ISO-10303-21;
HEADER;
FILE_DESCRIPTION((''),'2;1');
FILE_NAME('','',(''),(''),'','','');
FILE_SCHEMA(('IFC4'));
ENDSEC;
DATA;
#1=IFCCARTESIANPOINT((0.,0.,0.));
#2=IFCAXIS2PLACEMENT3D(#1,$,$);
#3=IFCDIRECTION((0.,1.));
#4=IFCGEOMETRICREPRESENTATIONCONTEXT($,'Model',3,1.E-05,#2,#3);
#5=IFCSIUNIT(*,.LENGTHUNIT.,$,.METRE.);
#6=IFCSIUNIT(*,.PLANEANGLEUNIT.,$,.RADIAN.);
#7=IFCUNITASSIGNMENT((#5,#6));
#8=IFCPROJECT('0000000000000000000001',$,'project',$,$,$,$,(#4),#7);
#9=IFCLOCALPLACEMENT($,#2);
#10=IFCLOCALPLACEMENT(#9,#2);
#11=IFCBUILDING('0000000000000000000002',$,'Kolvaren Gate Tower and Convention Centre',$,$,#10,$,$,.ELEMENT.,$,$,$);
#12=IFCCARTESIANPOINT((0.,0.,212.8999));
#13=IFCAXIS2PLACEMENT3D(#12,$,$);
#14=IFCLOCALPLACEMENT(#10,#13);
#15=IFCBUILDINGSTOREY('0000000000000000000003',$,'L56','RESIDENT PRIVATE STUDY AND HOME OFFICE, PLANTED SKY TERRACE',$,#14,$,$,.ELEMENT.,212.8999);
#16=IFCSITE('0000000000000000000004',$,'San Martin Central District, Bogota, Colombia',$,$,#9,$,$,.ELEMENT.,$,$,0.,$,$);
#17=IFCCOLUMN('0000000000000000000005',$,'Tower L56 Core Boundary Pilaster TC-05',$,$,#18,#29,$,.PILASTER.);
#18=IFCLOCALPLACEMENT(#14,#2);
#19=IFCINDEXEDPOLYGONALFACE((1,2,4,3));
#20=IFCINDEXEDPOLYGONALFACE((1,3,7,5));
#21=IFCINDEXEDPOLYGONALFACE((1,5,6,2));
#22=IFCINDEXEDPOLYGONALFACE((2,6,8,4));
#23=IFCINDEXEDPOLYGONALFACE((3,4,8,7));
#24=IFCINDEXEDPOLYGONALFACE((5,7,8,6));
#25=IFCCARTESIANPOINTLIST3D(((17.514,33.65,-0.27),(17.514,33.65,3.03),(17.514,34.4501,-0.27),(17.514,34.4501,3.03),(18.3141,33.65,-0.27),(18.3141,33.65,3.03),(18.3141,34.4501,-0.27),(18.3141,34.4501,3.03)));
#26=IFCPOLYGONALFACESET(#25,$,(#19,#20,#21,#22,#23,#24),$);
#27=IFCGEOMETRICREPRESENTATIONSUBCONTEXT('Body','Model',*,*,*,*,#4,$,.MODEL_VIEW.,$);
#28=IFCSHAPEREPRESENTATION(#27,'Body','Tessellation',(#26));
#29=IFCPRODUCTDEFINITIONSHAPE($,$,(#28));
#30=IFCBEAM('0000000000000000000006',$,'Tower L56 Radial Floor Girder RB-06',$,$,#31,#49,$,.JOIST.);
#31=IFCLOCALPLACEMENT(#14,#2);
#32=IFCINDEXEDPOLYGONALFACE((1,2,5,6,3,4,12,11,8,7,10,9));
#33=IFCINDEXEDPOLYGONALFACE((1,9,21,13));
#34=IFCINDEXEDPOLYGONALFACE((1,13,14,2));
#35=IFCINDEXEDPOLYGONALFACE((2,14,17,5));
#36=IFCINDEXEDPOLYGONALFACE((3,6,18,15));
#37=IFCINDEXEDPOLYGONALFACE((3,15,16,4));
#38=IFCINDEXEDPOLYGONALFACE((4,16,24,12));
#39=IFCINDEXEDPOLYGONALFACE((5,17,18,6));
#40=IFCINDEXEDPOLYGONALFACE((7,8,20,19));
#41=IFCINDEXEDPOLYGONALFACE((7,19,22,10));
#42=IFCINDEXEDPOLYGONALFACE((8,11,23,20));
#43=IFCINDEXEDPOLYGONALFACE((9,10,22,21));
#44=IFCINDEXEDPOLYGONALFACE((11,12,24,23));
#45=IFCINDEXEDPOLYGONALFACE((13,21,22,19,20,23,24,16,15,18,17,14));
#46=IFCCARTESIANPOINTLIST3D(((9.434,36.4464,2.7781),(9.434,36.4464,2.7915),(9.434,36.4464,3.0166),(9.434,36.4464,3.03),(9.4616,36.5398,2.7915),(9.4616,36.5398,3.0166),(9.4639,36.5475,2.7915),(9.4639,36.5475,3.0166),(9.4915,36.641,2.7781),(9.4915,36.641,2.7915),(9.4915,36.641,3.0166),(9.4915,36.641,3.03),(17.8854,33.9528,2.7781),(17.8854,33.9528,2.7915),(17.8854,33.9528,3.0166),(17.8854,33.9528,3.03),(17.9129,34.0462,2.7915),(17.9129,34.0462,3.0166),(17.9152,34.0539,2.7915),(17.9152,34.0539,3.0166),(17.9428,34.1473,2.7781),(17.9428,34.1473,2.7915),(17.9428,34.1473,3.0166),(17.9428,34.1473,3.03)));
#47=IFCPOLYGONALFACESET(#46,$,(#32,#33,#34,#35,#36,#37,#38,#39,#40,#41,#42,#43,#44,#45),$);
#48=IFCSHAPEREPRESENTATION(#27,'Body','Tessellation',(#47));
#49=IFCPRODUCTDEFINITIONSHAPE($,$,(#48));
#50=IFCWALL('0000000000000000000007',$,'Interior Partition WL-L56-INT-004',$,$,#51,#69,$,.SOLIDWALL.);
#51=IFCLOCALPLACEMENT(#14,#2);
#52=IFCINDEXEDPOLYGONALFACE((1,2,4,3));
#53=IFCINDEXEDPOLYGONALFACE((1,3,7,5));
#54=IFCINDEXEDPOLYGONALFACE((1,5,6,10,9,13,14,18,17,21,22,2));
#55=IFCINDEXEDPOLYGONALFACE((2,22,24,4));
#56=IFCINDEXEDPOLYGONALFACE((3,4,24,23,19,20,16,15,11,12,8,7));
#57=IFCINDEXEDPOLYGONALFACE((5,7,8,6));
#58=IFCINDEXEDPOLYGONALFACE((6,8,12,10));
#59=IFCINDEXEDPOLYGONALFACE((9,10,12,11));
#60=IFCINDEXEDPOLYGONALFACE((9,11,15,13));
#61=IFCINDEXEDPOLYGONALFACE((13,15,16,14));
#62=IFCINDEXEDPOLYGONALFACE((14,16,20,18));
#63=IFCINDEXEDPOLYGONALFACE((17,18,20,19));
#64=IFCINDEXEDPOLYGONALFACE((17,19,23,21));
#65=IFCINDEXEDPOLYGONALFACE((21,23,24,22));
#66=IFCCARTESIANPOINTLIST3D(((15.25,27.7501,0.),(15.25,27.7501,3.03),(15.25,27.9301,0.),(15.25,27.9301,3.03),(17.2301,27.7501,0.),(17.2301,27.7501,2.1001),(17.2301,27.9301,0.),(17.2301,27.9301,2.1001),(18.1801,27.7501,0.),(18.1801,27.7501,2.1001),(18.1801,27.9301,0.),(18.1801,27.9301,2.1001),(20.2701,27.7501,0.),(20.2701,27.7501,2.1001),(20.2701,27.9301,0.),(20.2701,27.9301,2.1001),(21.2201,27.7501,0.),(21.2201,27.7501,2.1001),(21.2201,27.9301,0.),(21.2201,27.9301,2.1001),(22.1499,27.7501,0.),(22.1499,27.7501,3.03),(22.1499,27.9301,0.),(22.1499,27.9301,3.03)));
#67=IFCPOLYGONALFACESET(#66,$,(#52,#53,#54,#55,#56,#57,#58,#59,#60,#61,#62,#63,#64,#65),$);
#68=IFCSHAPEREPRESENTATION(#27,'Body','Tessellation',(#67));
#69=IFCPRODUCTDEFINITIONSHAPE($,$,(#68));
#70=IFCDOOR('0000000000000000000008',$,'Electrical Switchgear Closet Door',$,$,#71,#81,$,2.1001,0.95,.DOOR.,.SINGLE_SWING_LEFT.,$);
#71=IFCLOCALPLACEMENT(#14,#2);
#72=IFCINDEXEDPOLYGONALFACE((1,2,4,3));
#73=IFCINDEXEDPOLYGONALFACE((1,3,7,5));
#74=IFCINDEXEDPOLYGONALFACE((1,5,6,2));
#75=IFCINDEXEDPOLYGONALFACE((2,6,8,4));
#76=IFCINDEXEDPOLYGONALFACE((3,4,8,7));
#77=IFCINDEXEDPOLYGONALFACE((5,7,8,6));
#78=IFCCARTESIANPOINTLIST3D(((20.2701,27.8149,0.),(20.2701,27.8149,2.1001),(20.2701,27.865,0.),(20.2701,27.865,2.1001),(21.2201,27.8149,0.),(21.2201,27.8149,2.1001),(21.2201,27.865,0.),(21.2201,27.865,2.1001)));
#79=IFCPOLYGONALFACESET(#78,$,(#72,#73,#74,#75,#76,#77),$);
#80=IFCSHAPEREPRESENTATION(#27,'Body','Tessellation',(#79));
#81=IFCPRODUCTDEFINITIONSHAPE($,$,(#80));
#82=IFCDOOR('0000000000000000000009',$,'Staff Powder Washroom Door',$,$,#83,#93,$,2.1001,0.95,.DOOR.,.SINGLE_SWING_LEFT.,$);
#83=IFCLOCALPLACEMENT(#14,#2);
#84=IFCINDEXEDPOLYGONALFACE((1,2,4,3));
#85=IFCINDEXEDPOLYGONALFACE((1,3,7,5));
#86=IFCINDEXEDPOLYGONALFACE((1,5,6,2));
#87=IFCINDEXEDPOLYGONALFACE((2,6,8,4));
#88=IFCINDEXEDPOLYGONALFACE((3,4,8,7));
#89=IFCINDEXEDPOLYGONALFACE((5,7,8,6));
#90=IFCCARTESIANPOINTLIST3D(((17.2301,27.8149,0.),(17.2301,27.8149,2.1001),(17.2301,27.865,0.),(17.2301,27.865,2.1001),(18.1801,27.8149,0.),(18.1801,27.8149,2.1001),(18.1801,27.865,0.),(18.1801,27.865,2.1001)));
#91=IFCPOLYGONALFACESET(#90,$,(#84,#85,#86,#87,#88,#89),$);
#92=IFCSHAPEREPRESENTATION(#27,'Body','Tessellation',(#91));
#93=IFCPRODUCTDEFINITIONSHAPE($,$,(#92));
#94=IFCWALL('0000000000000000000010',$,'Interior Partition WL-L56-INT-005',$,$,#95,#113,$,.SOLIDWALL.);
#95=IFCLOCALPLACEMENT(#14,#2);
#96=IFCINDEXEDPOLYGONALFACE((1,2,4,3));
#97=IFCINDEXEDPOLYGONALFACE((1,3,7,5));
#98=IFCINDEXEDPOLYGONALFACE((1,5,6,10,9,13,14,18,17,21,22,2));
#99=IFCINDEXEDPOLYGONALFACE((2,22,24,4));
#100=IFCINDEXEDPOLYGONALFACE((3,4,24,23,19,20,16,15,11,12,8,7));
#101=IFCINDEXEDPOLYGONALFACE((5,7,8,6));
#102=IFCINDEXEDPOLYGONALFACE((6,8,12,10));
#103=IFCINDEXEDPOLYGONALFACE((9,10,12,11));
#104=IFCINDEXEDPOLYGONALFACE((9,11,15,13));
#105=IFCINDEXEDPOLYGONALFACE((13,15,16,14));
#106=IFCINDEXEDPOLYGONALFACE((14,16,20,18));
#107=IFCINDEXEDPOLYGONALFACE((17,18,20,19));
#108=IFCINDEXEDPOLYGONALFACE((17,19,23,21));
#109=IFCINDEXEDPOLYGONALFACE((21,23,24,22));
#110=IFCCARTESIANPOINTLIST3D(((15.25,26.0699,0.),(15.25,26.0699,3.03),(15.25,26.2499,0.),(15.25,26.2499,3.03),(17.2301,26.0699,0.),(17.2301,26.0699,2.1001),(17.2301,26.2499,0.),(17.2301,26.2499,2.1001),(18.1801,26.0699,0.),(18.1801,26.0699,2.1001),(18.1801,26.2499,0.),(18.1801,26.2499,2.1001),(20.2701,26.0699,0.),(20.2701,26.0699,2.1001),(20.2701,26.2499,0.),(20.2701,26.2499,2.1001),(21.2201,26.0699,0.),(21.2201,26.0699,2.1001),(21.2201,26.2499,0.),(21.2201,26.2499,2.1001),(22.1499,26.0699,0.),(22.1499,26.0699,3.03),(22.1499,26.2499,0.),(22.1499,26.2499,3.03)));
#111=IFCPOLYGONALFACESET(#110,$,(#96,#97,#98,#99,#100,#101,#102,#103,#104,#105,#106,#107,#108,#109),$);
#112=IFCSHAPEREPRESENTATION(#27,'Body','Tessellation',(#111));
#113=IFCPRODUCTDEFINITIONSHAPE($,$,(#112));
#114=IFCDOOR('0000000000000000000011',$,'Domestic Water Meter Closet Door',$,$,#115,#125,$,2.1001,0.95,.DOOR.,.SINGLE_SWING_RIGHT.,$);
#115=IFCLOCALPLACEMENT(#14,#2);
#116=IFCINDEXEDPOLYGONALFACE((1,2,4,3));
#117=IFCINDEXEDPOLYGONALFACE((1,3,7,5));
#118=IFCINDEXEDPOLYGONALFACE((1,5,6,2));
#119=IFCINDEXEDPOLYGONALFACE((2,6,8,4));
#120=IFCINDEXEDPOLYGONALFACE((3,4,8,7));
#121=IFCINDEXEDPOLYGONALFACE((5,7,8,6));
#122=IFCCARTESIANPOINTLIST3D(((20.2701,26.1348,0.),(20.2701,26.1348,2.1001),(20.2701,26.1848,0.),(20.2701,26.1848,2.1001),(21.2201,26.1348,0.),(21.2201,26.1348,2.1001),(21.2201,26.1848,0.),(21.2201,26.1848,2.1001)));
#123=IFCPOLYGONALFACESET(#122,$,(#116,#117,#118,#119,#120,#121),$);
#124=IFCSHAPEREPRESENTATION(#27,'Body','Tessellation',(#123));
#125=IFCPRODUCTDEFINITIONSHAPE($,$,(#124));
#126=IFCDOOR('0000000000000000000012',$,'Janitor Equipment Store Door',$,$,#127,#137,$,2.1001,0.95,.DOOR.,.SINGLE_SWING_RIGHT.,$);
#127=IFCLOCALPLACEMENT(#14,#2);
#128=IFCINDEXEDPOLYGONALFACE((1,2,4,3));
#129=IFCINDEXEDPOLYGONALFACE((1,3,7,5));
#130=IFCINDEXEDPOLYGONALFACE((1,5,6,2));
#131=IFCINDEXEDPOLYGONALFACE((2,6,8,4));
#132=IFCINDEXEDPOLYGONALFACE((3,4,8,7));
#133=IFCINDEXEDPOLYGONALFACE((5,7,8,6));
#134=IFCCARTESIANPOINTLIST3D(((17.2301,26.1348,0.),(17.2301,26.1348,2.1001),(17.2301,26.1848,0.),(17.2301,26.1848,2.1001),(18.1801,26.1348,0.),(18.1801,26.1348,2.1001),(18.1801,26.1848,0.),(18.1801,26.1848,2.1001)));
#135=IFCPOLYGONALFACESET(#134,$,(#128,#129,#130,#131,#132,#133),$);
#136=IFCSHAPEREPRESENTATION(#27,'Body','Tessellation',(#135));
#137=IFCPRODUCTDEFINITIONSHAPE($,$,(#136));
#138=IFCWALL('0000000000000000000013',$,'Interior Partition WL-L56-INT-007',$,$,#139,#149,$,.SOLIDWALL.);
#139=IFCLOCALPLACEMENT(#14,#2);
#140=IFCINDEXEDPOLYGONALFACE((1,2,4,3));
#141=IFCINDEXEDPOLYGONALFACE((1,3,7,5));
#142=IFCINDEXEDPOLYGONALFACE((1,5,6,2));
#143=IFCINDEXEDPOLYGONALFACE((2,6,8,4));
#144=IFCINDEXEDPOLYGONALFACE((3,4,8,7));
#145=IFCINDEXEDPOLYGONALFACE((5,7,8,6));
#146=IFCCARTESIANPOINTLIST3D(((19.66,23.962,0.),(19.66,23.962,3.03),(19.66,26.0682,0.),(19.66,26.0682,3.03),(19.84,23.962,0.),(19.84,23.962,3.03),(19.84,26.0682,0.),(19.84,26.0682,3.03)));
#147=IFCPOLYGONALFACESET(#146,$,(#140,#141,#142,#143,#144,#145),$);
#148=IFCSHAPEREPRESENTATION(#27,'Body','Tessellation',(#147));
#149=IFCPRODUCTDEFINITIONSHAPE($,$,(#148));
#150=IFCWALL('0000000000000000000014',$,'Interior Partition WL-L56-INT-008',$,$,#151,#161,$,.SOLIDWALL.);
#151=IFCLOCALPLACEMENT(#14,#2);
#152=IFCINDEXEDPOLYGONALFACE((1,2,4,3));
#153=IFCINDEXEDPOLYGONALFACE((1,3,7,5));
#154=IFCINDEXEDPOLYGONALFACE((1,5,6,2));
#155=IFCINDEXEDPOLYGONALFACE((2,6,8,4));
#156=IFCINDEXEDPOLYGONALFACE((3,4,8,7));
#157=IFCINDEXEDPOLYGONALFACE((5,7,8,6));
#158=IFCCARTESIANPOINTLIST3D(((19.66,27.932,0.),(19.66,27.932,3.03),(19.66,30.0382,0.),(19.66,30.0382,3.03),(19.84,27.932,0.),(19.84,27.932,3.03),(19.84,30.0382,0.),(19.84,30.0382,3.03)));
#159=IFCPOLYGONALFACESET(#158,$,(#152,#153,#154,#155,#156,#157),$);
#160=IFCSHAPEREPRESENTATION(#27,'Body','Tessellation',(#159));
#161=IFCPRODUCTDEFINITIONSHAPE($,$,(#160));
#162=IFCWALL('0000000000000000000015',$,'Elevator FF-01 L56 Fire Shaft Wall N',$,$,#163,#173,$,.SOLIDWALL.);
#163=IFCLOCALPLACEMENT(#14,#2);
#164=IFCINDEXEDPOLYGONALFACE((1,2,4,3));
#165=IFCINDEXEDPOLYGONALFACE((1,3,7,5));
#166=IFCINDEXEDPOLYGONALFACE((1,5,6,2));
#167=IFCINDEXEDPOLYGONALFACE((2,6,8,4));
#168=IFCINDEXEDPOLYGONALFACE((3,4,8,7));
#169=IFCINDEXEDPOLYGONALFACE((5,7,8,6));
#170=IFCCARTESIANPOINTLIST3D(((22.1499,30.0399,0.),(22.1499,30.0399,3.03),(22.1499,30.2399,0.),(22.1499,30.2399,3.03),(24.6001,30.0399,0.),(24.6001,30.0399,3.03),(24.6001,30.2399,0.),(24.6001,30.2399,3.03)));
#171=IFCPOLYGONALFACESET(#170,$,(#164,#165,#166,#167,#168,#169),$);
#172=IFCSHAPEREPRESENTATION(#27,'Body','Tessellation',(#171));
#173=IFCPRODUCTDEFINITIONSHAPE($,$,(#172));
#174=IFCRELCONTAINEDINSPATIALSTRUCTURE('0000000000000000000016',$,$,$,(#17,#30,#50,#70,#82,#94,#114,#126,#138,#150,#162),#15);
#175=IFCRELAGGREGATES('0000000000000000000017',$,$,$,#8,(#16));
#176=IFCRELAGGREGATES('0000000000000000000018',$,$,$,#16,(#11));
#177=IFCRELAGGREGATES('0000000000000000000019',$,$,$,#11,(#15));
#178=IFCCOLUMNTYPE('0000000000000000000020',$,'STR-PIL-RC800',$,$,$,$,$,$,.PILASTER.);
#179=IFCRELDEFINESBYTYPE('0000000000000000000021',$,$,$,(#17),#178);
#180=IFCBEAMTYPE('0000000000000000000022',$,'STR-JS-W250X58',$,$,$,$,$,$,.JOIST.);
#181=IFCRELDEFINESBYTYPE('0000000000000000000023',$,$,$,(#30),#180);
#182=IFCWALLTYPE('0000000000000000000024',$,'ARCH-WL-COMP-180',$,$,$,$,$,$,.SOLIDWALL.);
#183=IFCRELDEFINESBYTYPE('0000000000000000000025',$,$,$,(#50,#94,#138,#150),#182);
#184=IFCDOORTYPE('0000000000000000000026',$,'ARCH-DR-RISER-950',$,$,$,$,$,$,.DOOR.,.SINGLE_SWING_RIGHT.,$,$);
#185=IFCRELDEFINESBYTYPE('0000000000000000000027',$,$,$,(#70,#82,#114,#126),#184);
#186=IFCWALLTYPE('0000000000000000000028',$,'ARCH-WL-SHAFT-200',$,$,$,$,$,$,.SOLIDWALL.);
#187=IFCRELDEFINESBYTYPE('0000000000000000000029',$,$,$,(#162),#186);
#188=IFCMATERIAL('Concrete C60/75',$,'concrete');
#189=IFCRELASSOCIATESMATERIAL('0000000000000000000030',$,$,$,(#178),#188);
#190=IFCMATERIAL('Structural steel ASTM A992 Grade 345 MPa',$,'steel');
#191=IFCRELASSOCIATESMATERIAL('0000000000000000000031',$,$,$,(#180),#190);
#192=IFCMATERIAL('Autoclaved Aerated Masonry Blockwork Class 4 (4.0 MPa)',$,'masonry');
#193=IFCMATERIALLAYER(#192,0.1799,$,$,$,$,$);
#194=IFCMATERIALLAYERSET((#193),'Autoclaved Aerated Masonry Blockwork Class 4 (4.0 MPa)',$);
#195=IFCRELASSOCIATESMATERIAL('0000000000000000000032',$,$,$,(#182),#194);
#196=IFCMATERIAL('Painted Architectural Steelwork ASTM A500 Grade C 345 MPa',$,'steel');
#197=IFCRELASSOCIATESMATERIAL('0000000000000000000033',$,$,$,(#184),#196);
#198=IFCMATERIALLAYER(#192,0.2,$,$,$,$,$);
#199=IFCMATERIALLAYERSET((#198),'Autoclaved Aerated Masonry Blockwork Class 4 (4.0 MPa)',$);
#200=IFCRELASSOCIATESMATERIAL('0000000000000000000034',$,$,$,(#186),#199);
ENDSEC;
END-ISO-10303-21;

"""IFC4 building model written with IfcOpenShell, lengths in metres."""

from ifc_helpers import new_model, si_unit, direction, frame, frame_2d, origin, origin_2d, place, context, subcontext, project, spatial, rectangle, i_section, extrude, material, layer, layer_set, material_profile, profile_set, type_object, element, fill, save


model = new_model("IFC4")

# Units and contexts
model_context = context("Model", 3, precision=1e-05, world=origin(), true_north=direction((0.0, 1.0)))
body_context = subcontext(model_context, "Body", "Model", "MODEL_VIEW")
ifc_project = project(units=[si_unit("LENGTHUNIT", "METRE"), si_unit("PLANEANGLEUNIT", "RADIAN")], contexts=[model_context])

# Site, building, storey
site_placement = place(None, origin())
site = spatial("IfcSite", under=ifc_project, at=site_placement, Name="San Martin Central District, Bogota, Colombia", CompositionType="ELEMENT", RefElevation=0.0)
building_placement = place(site_placement, origin())
building = spatial("IfcBuilding", under=site, at=building_placement, Name="Kolvaren Gate Tower and Convention Centre", CompositionType="ELEMENT")
storey_placement = place(building_placement, frame((0.0, 0.0, 212.8999)))
storey = spatial("IfcBuildingStorey", under=building, at=storey_placement, Name="L56", Description="RESIDENT PRIVATE STUDY AND HOME OFFICE, PLANTED SKY TERRACE", CompositionType="ELEMENT", Elevation=212.8999)

# Column
ifc_material_1 = material(Name="Concrete C60/75", Category="concrete")
ifc_material_profile_1 = material_profile(ifc_material_1, rectangle(XDim=0.8, YDim=0.8, at=origin_2d()), Name="RC-COL-800X800")
ifc_profile_set_1 = profile_set([ifc_material_profile_1], Name="Concrete C60/75")
column_type = type_object("IfcColumnType", Name="STR-PIL-RC800", PredefinedType="PILASTER", material=ifc_profile_set_1)
column_placement = place(storey_placement, frame((17.9141, 34.05, -0.27), z_axis=(0.0, 0.0, 1.0), x_axis=(1.0, 0.0, 0.0)))
element("IfcColumn", 1, at=column_placement, inside=storey, type_object=column_type, Name="Tower L56 Core Boundary Pilaster TC-05", PredefinedType="PILASTER", context=body_context, shape_type="SweptSolid", body=[
    extrude(rectangle(XDim=0.8, YDim=0.8, at=origin_2d()), origin(), (0.0, 0.0, 1.0), 3.3),
])

# Beam
ifc_material_2 = material(Name="Structural steel ASTM A992 Grade 345 MPa", Category="steel")
ifc_material_profile_2 = material_profile(ifc_material_2, i_section(OverallWidth=0.2029, OverallDepth=0.252, WebThickness=0.0081, FlangeThickness=0.0134, at=origin_2d()), Name="W250X58")
ifc_profile_set_2 = profile_set([ifc_material_profile_2], Name="Structural steel ASTM A992 Grade 345 MPa")
beam_type = type_object("IfcBeamType", Name="STR-JS-W250X58", PredefinedType="JOIST", material=ifc_profile_set_2)
beam_placement = place(storey_placement, frame((17.9141, 34.05, 2.9041), z_axis=(-0.959121, 0.282996, 0.0), x_axis=(-0.282996, -0.959121, 0.0)))
element("IfcBeam", 2, at=beam_placement, inside=storey, type_object=beam_type, Name="Tower L56 Radial Floor Girder RB-06", PredefinedType="JOIST", context=body_context, shape_type="SweptSolid", body=[
    extrude(i_section(OverallWidth=0.2029, OverallDepth=0.252, WebThickness=0.0081, FlangeThickness=0.0134, at=origin_2d()), origin(), (0.0, 0.0, 1.0), 8.8115),
])

# Walls, openings, doors
ifc_material_3 = material(Name="Autoclaved Aerated Masonry Blockwork Class 4 (4.0 MPa)", Category="masonry")
ifc_layer_1 = layer(ifc_material_3, 0.1799)
ifc_layer_set_1 = layer_set([ifc_layer_1], Name="Autoclaved Aerated Masonry Blockwork Class 4 (4.0 MPa)")
wall_type_1 = type_object("IfcWallType", Name="ARCH-WL-COMP-180", PredefinedType="SOLIDWALL", material=ifc_layer_set_1)
wall_1_placement = place(storey_placement, frame((15.25, 27.8401, 0.0), z_axis=(0.0, 0.0, 1.0), x_axis=(1.0, 0.0, 0.0)))
wall_1 = element("IfcWall", 3, at=wall_1_placement, inside=storey, type_object=wall_type_1, Name="Interior Partition WL-L56-INT-004", PredefinedType="SOLIDWALL", context=body_context, shape_type="SweptSolid", body=[
    extrude(rectangle(XDim=6.8999, YDim=0.1799, at=frame_2d((3.45, 0.0))), origin(), (0.0, 0.0, 1.0), 3.03),
])
opening_1_placement = place(wall_1_placement, frame((5.02, 0.0, 0.0)))
opening_1 = element("IfcOpeningElement", 4, at=opening_1_placement, cuts=wall_1, PredefinedType="OPENING", context=body_context, shape_type="SweptSolid", body=[
    extrude(rectangle(XDim=0.95, YDim=2.1001, at=frame_2d((0.4751, 1.05))), frame((0.0, 0.0999, 0.0), z_axis=(0.0, -1.0, 0.0), x_axis=(1.0, 0.0, 0.0)), (0.0, 0.0, 1.0), 0.2),
])
opening_2_placement = place(wall_1_placement, frame((1.98, 0.0, 0.0)))
opening_2 = element("IfcOpeningElement", 5, at=opening_2_placement, cuts=wall_1, PredefinedType="OPENING", context=body_context, shape_type="SweptSolid", body=[
    extrude(rectangle(XDim=0.95, YDim=2.1001, at=frame_2d((0.4751, 1.05))), frame((0.0, 0.0999, 0.0), z_axis=(0.0, -1.0, 0.0), x_axis=(1.0, 0.0, 0.0)), (0.0, 0.0, 1.0), 0.2),
])
ifc_material_4 = material(Name="Painted Architectural Steelwork ASTM A500 Grade C 345 MPa", Category="steel")
door_type = type_object("IfcDoorType", Name="ARCH-DR-RISER-950", OperationType="SINGLE_SWING_RIGHT", PredefinedType="DOOR", material=ifc_material_4)
door_1_placement = place(opening_1_placement, origin())
door_1 = element("IfcDoor", 6, at=door_1_placement, inside=storey, type_object=door_type, Name="Electrical Switchgear Closet Door", OperationType="SINGLE_SWING_LEFT", OverallHeight=2.1001, OverallWidth=0.95, PredefinedType="DOOR", context=body_context, shape_type="SweptSolid", body=[
    extrude(rectangle(XDim=0.95, YDim=2.1001, at=frame_2d((0.4751, 1.05))), frame((0.0, 0.0249, 0.0), z_axis=(0.0, -1.0, 0.0), x_axis=(1.0, 0.0, 0.0)), (0.0, 0.0, 1.0), 0.05),
])
fill(opening_1, door_1)
door_2_placement = place(opening_2_placement, origin())
door_2 = element("IfcDoor", 7, at=door_2_placement, inside=storey, type_object=door_type, Name="Staff Powder Washroom Door", OperationType="SINGLE_SWING_LEFT", OverallHeight=2.1001, OverallWidth=0.95, PredefinedType="DOOR", context=body_context, shape_type="SweptSolid", body=[
    extrude(rectangle(XDim=0.95, YDim=2.1001, at=frame_2d((0.4751, 1.05))), frame((0.0, 0.0249, 0.0), z_axis=(0.0, -1.0, 0.0), x_axis=(1.0, 0.0, 0.0)), (0.0, 0.0, 1.0), 0.05),
])
fill(opening_2, door_2)
wall_2_placement = place(storey_placement, frame((15.25, 26.1599, 0.0), z_axis=(0.0, 0.0, 1.0), x_axis=(1.0, 0.0, 0.0)))
wall_2 = element("IfcWall", 8, at=wall_2_placement, inside=storey, type_object=wall_type_1, Name="Interior Partition WL-L56-INT-005", PredefinedType="SOLIDWALL", context=body_context, shape_type="SweptSolid", body=[
    extrude(rectangle(XDim=6.8999, YDim=0.1799, at=frame_2d((3.45, 0.0))), origin(), (0.0, 0.0, 1.0), 3.03),
])
opening_3_placement = place(wall_2_placement, frame((5.02, 0.0, 0.0)))
opening_3 = element("IfcOpeningElement", 9, at=opening_3_placement, cuts=wall_2, PredefinedType="OPENING", context=body_context, shape_type="SweptSolid", body=[
    extrude(rectangle(XDim=0.95, YDim=2.1001, at=frame_2d((0.4751, 1.05))), frame((0.0, 0.0999, 0.0), z_axis=(0.0, -1.0, 0.0), x_axis=(1.0, 0.0, 0.0)), (0.0, 0.0, 1.0), 0.2),
])
opening_4_placement = place(wall_2_placement, frame((1.98, 0.0, 0.0)))
opening_4 = element("IfcOpeningElement", 10, at=opening_4_placement, cuts=wall_2, PredefinedType="OPENING", context=body_context, shape_type="SweptSolid", body=[
    extrude(rectangle(XDim=0.95, YDim=2.1001, at=frame_2d((0.4751, 1.05))), frame((0.0, 0.0999, 0.0), z_axis=(0.0, -1.0, 0.0), x_axis=(1.0, 0.0, 0.0)), (0.0, 0.0, 1.0), 0.2),
])
door_3_placement = place(opening_3_placement, origin())
door_3 = element("IfcDoor", 11, at=door_3_placement, inside=storey, type_object=door_type, Name="Domestic Water Meter Closet Door", OperationType="SINGLE_SWING_RIGHT", OverallHeight=2.1001, OverallWidth=0.95, PredefinedType="DOOR", context=body_context, shape_type="SweptSolid", body=[
    extrude(rectangle(XDim=0.95, YDim=2.1001, at=frame_2d((0.4751, 1.05))), frame((0.0, 0.0249, 0.0), z_axis=(0.0, -1.0, 0.0), x_axis=(1.0, 0.0, 0.0)), (0.0, 0.0, 1.0), 0.05),
])
fill(opening_3, door_3)
door_4_placement = place(opening_4_placement, origin())
door_4 = element("IfcDoor", 12, at=door_4_placement, inside=storey, type_object=door_type, Name="Janitor Equipment Store Door", OperationType="SINGLE_SWING_RIGHT", OverallHeight=2.1001, OverallWidth=0.95, PredefinedType="DOOR", context=body_context, shape_type="SweptSolid", body=[
    extrude(rectangle(XDim=0.95, YDim=2.1001, at=frame_2d((0.4751, 1.05))), frame((0.0, 0.0249, 0.0), z_axis=(0.0, -1.0, 0.0), x_axis=(1.0, 0.0, 0.0)), (0.0, 0.0, 1.0), 0.05),
])
fill(opening_4, door_4)

# Walls
for number, where, z_axis, x_axis, name in (
    (13, (19.75, 23.9619, 0.0), (0.0, 0.0, 1.0), (0.0, 1.0, 0.0), "Interior Partition WL-L56-INT-007"),
    (14, (19.75, 27.9319, 0.0), (0.0, 0.0, 1.0), (0.0, 1.0, 0.0), "Interior Partition WL-L56-INT-008"),
):
    element("IfcWall", number, at=place(storey_placement, frame(where, z_axis=z_axis, x_axis=x_axis)), inside=storey, type_object=wall_type_1, Name=name, PredefinedType="SOLIDWALL", context=body_context, shape_type="SweptSolid", body=[
        extrude(rectangle(XDim=2.1062, YDim=0.1799, at=frame_2d((1.0532, 0.0))), origin(), (0.0, 0.0, 1.0), 3.03),
    ])
ifc_layer_2 = layer(ifc_material_3, 0.2)
ifc_layer_set_2 = layer_set([ifc_layer_2], Name="Autoclaved Aerated Masonry Blockwork Class 4 (4.0 MPa)")
wall_type_2 = type_object("IfcWallType", Name="ARCH-WL-SHAFT-200", PredefinedType="SOLIDWALL", material=ifc_layer_set_2)
for number, where, z_axis, x_axis, name in (
    (15, (22.1499, 30.1399, 0.0), (0.0, 0.0, 1.0), (1.0, 0.0, 0.0), "Elevator FF-01 L56 Fire Shaft Wall N"),
):
    element("IfcWall", number, at=place(storey_placement, frame(where, z_axis=z_axis, x_axis=x_axis)), inside=storey, type_object=wall_type_2, Name=name, PredefinedType="SOLIDWALL", context=body_context, shape_type="SweptSolid", body=[
        extrude(rectangle(XDim=2.4502, YDim=0.2, at=frame_2d((1.2251, 0.0))), origin(), (0.0, 0.0, 1.0), 3.03),
    ])

save(model, "model.ifc")
